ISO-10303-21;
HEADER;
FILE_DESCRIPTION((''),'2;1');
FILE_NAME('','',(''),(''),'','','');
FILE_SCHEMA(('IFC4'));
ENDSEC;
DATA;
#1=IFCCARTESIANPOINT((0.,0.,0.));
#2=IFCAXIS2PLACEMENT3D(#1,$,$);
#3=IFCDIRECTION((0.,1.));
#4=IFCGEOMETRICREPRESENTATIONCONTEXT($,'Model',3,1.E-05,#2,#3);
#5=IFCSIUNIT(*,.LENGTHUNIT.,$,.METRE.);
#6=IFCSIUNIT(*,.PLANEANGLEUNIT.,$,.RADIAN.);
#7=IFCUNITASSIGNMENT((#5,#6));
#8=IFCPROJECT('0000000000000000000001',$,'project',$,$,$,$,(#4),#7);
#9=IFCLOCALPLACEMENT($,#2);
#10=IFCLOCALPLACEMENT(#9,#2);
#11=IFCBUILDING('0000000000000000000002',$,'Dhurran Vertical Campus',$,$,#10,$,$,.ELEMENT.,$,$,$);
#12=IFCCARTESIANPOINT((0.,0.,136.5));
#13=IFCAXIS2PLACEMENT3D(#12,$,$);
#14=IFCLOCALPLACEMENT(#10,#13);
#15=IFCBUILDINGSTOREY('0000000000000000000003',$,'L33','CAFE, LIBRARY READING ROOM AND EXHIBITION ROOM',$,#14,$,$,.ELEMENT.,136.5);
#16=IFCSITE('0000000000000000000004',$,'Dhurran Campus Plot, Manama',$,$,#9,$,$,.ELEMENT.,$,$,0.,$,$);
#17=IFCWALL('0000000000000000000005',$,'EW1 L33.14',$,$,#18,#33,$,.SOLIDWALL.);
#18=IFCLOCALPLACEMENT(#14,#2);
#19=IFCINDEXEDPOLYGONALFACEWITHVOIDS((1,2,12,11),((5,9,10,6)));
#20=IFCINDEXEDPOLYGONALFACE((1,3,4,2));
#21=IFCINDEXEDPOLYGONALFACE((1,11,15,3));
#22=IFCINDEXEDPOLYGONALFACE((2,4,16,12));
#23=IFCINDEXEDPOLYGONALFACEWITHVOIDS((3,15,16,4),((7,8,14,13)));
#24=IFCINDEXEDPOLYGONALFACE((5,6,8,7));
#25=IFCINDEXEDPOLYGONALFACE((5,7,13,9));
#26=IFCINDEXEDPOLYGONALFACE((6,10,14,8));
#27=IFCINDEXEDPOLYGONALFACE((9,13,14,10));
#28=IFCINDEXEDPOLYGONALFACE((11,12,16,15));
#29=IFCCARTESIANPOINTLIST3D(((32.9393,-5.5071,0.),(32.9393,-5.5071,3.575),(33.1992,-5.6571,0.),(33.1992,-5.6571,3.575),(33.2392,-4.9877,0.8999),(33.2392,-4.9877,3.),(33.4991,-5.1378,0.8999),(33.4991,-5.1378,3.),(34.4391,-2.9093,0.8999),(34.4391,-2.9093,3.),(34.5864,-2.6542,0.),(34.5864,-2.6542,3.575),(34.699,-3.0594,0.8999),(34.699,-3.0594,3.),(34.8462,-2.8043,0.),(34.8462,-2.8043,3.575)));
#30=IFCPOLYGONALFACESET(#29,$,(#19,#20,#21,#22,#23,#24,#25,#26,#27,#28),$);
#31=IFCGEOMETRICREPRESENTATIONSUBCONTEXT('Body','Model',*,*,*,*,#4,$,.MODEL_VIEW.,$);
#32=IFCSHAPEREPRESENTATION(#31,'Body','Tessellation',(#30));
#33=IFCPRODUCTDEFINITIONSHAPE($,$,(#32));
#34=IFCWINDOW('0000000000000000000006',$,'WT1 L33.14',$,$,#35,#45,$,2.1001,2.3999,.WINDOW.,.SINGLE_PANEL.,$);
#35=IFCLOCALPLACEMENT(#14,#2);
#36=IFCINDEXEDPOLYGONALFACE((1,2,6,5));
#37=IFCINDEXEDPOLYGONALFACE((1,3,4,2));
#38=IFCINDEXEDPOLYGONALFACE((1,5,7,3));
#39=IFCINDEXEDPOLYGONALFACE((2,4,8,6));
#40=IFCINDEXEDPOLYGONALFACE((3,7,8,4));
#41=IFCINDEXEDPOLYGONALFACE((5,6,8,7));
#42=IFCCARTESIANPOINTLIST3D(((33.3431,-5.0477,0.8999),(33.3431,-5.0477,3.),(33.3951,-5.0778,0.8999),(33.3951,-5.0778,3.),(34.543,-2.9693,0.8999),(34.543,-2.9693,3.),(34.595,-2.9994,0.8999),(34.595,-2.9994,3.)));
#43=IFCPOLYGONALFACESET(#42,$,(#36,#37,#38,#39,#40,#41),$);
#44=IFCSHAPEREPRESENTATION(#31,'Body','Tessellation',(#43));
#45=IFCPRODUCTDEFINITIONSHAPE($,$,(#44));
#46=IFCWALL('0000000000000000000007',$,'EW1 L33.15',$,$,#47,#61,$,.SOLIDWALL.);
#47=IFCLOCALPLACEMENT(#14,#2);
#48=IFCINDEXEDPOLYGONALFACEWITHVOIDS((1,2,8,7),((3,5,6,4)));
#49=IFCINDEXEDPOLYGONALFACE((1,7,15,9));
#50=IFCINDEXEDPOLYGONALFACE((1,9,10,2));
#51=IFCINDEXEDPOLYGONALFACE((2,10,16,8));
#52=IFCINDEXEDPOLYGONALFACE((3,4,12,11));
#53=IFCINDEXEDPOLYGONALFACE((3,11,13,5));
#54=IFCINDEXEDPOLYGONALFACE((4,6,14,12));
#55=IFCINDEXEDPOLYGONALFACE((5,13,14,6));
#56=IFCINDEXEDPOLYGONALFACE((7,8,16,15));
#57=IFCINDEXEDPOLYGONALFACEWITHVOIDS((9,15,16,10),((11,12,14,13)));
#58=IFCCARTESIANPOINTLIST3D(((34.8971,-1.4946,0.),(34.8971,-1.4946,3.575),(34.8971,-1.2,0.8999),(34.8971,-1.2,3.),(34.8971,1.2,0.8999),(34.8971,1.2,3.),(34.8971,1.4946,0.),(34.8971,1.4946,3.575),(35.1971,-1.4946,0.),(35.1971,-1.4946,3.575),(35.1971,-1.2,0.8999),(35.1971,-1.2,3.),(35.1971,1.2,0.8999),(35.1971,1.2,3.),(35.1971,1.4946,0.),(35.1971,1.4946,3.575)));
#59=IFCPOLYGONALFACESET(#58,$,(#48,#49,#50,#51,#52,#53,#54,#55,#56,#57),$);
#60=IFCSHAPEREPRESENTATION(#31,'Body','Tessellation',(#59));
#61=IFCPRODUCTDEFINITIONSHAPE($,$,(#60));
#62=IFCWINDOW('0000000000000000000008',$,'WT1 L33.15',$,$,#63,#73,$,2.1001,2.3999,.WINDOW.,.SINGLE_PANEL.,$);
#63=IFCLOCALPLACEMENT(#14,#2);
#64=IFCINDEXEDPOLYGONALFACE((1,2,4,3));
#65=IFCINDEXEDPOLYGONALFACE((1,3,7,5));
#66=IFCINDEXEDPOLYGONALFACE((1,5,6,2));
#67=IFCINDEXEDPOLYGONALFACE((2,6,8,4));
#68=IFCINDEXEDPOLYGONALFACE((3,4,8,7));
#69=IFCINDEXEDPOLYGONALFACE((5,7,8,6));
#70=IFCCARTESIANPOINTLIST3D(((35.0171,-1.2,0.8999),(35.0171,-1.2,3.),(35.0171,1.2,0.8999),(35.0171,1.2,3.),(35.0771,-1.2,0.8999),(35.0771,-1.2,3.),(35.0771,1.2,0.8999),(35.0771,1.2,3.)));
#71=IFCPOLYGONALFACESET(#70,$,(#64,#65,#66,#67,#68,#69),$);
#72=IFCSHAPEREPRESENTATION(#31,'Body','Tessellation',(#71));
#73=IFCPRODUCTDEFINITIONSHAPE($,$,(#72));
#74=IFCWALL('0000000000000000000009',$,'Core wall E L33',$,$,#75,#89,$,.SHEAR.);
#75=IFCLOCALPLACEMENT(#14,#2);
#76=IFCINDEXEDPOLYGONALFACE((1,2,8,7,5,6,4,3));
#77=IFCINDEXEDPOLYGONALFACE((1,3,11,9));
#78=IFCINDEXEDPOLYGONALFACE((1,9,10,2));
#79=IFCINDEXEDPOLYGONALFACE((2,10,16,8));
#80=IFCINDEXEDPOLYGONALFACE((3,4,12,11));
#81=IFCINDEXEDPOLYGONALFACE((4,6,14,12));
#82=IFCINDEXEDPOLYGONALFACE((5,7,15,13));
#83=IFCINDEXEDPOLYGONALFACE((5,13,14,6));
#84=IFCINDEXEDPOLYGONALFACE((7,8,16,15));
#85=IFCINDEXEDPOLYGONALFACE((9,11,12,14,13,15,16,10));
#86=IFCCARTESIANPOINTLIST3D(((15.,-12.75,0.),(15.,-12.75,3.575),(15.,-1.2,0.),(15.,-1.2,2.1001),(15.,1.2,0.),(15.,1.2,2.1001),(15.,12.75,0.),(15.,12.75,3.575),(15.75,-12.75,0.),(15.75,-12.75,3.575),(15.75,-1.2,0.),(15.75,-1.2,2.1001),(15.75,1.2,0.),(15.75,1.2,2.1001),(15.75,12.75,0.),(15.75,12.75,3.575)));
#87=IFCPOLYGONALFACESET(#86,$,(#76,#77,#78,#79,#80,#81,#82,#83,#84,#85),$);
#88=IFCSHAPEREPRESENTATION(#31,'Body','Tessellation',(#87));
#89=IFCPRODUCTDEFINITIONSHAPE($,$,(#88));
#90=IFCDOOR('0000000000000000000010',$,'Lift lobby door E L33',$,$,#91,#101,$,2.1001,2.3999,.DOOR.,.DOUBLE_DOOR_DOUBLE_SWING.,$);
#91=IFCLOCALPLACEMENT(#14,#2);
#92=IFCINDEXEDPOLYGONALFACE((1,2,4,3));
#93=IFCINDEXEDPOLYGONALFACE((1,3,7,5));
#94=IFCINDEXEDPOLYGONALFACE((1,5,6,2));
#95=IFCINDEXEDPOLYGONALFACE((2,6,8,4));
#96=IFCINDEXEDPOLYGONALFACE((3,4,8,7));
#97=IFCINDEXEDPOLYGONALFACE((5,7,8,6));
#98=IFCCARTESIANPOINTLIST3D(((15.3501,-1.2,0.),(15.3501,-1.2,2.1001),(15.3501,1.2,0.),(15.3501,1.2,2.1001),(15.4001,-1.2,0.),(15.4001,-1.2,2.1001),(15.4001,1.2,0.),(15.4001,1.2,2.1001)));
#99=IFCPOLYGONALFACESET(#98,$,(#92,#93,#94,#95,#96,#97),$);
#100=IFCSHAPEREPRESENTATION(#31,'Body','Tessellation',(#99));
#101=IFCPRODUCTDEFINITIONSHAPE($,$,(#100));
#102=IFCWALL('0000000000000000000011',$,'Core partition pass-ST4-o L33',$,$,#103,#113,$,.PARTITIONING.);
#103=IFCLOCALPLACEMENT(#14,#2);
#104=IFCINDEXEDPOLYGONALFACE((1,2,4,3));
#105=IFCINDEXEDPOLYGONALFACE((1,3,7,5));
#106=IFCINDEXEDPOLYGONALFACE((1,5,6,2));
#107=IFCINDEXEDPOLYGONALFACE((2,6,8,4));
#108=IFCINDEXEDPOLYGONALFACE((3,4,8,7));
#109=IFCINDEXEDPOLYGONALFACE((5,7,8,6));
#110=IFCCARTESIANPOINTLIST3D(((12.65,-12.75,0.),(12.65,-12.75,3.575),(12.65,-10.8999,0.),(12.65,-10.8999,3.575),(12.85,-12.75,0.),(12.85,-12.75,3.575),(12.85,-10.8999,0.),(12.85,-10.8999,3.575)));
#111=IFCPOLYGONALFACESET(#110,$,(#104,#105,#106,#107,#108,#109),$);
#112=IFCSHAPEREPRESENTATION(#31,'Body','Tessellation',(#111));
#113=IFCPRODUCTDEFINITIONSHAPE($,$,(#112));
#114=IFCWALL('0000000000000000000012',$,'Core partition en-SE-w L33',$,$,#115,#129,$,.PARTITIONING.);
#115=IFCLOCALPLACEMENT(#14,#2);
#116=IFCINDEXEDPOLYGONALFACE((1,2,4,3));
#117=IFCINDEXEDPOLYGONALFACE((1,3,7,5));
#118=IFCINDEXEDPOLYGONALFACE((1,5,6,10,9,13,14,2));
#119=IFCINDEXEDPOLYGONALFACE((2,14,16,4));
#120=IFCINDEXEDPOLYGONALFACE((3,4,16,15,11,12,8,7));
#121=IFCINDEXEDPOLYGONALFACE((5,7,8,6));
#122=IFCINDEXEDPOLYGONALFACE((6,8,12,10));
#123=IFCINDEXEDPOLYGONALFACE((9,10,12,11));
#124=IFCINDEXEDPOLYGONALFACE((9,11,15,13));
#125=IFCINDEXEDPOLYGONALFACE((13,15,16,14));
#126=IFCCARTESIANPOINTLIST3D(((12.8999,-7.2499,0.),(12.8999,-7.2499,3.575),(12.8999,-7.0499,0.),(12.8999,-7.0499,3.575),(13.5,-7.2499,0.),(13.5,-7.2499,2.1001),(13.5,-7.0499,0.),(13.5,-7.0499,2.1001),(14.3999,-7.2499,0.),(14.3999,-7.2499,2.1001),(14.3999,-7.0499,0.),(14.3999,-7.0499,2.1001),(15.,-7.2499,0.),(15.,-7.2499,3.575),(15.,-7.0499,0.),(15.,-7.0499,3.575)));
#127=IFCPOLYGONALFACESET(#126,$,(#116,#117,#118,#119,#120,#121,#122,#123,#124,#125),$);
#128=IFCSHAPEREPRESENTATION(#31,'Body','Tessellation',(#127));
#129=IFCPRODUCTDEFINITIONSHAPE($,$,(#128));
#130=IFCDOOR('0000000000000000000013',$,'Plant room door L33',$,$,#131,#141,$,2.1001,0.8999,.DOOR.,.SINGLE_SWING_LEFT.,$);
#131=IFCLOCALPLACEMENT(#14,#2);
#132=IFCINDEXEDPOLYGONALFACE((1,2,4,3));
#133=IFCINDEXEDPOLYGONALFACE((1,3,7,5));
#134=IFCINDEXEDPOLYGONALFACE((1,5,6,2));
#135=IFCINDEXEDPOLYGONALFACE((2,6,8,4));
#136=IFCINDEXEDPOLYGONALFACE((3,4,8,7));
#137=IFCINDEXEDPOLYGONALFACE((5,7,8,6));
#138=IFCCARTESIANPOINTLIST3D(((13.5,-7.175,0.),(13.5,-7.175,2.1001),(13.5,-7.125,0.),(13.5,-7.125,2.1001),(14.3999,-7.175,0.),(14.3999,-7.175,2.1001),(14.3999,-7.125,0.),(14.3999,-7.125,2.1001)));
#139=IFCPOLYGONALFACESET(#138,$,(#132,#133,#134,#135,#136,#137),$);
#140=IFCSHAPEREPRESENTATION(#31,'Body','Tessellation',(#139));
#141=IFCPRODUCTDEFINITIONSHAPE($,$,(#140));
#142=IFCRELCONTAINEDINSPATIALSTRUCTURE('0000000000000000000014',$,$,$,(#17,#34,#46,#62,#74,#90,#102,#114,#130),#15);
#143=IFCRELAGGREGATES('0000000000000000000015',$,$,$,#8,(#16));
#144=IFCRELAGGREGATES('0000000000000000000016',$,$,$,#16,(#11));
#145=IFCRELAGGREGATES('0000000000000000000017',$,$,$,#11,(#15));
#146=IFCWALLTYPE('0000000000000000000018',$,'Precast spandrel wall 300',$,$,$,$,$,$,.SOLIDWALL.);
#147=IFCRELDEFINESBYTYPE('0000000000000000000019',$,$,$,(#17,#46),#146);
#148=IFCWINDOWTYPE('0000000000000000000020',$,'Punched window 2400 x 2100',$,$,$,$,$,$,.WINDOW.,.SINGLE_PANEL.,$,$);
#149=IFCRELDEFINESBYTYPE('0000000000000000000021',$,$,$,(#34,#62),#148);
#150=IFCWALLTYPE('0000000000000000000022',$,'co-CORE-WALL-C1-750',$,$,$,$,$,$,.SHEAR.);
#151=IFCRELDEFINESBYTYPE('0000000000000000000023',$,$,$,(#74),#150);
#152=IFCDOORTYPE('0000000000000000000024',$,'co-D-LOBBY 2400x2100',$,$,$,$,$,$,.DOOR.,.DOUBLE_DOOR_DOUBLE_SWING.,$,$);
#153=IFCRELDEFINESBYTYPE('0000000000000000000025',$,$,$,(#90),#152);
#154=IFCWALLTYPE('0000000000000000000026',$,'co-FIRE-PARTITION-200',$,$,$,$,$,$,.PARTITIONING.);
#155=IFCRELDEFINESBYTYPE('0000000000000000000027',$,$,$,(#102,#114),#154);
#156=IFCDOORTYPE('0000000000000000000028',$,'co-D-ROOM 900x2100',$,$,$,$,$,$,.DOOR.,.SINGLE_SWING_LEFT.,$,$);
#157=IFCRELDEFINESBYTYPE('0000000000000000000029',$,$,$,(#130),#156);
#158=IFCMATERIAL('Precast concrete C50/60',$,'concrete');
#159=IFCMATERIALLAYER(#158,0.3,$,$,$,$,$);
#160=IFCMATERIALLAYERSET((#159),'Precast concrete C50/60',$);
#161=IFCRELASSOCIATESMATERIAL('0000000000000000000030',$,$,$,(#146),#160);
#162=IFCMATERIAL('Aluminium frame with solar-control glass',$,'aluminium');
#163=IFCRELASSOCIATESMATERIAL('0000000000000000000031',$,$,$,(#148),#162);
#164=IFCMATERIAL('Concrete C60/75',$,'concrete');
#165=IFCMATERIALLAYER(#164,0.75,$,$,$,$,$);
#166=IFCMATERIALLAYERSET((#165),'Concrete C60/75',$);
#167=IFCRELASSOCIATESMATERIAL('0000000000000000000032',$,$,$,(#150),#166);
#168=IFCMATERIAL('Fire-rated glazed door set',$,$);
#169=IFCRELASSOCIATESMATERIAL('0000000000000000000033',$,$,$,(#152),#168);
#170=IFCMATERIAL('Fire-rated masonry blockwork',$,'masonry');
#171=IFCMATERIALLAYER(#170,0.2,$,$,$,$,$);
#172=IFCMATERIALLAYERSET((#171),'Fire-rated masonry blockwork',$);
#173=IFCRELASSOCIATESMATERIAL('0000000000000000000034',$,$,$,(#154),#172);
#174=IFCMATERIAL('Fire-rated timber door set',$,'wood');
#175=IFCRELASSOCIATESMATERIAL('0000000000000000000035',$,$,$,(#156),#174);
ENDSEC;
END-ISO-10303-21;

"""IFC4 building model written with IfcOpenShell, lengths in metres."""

from ifc_helpers import new_model, si_unit, direction, frame, frame_2d, origin, place, context, subcontext, project, spatial, rectangle, extrude, material, layer, layer_set, type_object, element, fill, save


model = new_model("IFC4")

# Units and contexts
model_context = context("Model", 3, precision=1e-05, world=origin(), true_north=direction((0.0, 1.0)))
body_context = subcontext(model_context, "Body", "Model", "MODEL_VIEW")
ifc_project = project(units=[si_unit("LENGTHUNIT", "METRE"), si_unit("PLANEANGLEUNIT", "RADIAN")], contexts=[model_context])

# Site, building, storey
site_placement = place(None, origin())
site = spatial("IfcSite", under=ifc_project, at=site_placement, Name="Dhurran Campus Plot, Manama", CompositionType="ELEMENT", RefElevation=0.0)
building_placement = place(site_placement, origin())
building = spatial("IfcBuilding", under=site, at=building_placement, Name="Dhurran Vertical Campus", CompositionType="ELEMENT")
storey_placement = place(building_placement, frame((0.0, 0.0, 136.5)))
storey = spatial("IfcBuildingStorey", under=building, at=storey_placement, Name="L33", Description="CAFE, LIBRARY READING ROOM AND EXHIBITION ROOM", CompositionType="ELEMENT", Elevation=136.5)

# Walls, openings, windows
ifc_material_1 = material(Name="Precast concrete C50/60", Category="concrete")
ifc_layer_1 = layer(ifc_material_1, 0.3)
ifc_layer_set_1 = layer_set([ifc_layer_1], Name="Precast concrete C50/60")
wall_type_1 = type_object("IfcWallType", Name="Precast spandrel wall 300", PredefinedType="SOLIDWALL", material=ifc_layer_set_1)
ifc_material_2 = material(Name="Aluminium frame with solar-control glass", Category="aluminium")
window_type = type_object("IfcWindowType", Name="Punched window 2400 x 2100", PartitioningType="SINGLE_PANEL", PredefinedType="WINDOW", material=ifc_material_2)
wall_1_placement = place(storey_placement, frame((33.0693, -5.582, 0.0), z_axis=(0.0, 0.0, 1.0), x_axis=(0.499981, 0.866036, 0.0)))
wall_1 = element("IfcWall", 1, at=wall_1_placement, inside=storey, type_object=wall_type_1, Name="EW1 L33.14", PredefinedType="SOLIDWALL", context=body_context, shape_type="SweptSolid", body=[
    extrude(rectangle(XDim=3.2942, YDim=0.3, at=frame_2d((1.647, 0.0))), origin(), (0.0, 0.0, 1.0), 3.575),
])
opening_1_placement = place(wall_1_placement, frame((0.5996, 0.0, 0.8999)))
opening_1 = element("IfcOpeningElement", 2, at=opening_1_placement, cuts=wall_1, PredefinedType="OPENING", context=body_context, shape_type="SweptSolid", body=[
    extrude(rectangle(XDim=2.3999, YDim=2.1001, at=frame_2d((1.2, 1.05))), frame((0.0, 0.1599, 0.0), z_axis=(0.0, -1.0, 0.0), x_axis=(1.0, 0.0, 0.0)), (0.0, 0.0, 1.0), 0.3201),
])
window_1_placement = place(opening_1_placement, origin())
window_1 = element("IfcWindow", 3, at=window_1_placement, inside=storey, type_object=window_type, Name="WT1 L33.14", OverallHeight=2.1001, OverallWidth=2.3999, PartitioningType="SINGLE_PANEL", PredefinedType="WINDOW", context=body_context, shape_type="SweptSolid", body=[
    extrude(rectangle(XDim=2.3999, YDim=2.1001, at=frame_2d((1.2, 1.05))), frame((0.0, 0.03, 0.0), z_axis=(0.0, -1.0, 0.0), x_axis=(1.0, 0.0, 0.0)), (0.0, 0.0, 1.0), 0.0601),
])
fill(opening_1, window_1)
wall_2_placement = place(storey_placement, frame((35.0471, -1.4946, 0.0), z_axis=(0.0, 0.0, 1.0), x_axis=(0.0, 1.0, 0.0)))
wall_2 = element("IfcWall", 4, at=wall_2_placement, inside=storey, type_object=wall_type_1, Name="EW1 L33.15", PredefinedType="SOLIDWALL", context=body_context, shape_type="SweptSolid", body=[
    extrude(rectangle(XDim=2.9893, YDim=0.3, at=frame_2d((1.4946, 0.0))), origin(), (0.0, 0.0, 1.0), 3.575),
])
opening_2_placement = place(wall_2_placement, frame((0.2947, 0.0, 0.8999)))
opening_2 = element("IfcOpeningElement", 5, at=opening_2_placement, cuts=wall_2, PredefinedType="OPENING", context=body_context, shape_type="SweptSolid", body=[
    extrude(rectangle(XDim=2.3999, YDim=2.1001, at=frame_2d((1.2, 1.05))), frame((0.0, 0.1599, 0.0), z_axis=(0.0, -1.0, 0.0), x_axis=(1.0, 0.0, 0.0)), (0.0, 0.0, 1.0), 0.3201),
])
window_2_placement = place(opening_2_placement, origin())
window_2 = element("IfcWindow", 6, at=window_2_placement, inside=storey, type_object=window_type, Name="WT1 L33.15", OverallHeight=2.1001, OverallWidth=2.3999, PartitioningType="SINGLE_PANEL", PredefinedType="WINDOW", context=body_context, shape_type="SweptSolid", body=[
    extrude(rectangle(XDim=2.3999, YDim=2.1001, at=frame_2d((1.2, 1.05))), frame((0.0, 0.03, 0.0), z_axis=(0.0, -1.0, 0.0), x_axis=(1.0, 0.0, 0.0)), (0.0, 0.0, 1.0), 0.0601),
])
fill(opening_2, window_2)

# Wall, opening, door
ifc_material_3 = material(Name="Concrete C60/75", Category="concrete")
ifc_layer_2 = layer(ifc_material_3, 0.75)
ifc_layer_set_2 = layer_set([ifc_layer_2], Name="Concrete C60/75")
wall_type_2 = type_object("IfcWallType", Name="co-CORE-WALL-C1-750", PredefinedType="SHEAR", material=ifc_layer_set_2)
wall_3_placement = place(storey_placement, frame((15.375, -12.75, 0.0), z_axis=(0.0, 0.0, 1.0), x_axis=(0.0, 1.0, 0.0)))
wall_3 = element("IfcWall", 7, at=wall_3_placement, inside=storey, type_object=wall_type_2, Name="Core wall E L33", PredefinedType="SHEAR", context=body_context, shape_type="SweptSolid", body=[
    extrude(rectangle(XDim=25.5, YDim=0.75, at=frame_2d((12.75, 0.0))), origin(), (0.0, 0.0, 1.0), 3.575),
])
opening_3_placement = place(wall_3_placement, frame((11.55, 0.0, 0.0)))
opening_3 = element("IfcOpeningElement", 8, at=opening_3_placement, cuts=wall_3, PredefinedType="OPENING", context=body_context, shape_type="SweptSolid", body=[
    extrude(rectangle(XDim=2.3999, YDim=2.1001, at=frame_2d((1.2, 1.05))), frame((0.0, 0.385, 0.0), z_axis=(0.0, -1.0, 0.0), x_axis=(1.0, 0.0, 0.0)), (0.0, 0.0, 1.0), 0.77),
])
ifc_material_4 = material(Name="Fire-rated glazed door set")
door_type_1 = type_object("IfcDoorType", Name="co-D-LOBBY 2400x2100", OperationType="DOUBLE_DOOR_DOUBLE_SWING", PredefinedType="DOOR", material=ifc_material_4)
door_1_placement = place(opening_3_placement, origin())
door_1 = element("IfcDoor", 9, at=door_1_placement, inside=storey, type_object=door_type_1, Name="Lift lobby door E L33", OperationType="DOUBLE_DOOR_DOUBLE_SWING", OverallHeight=2.1001, OverallWidth=2.3999, PredefinedType="DOOR", context=body_context, shape_type="SweptSolid", body=[
    extrude(rectangle(XDim=2.3999, YDim=2.1001, at=frame_2d((1.2, 1.05))), frame((0.0, 0.0249, 0.0), z_axis=(0.0, -1.0, 0.0), x_axis=(1.0, 0.0, 0.0)), (0.0, 0.0, 1.0), 0.05),
])
fill(opening_3, door_1)

# Wall
ifc_material_5 = material(Name="Fire-rated masonry blockwork", Category="masonry")
ifc_layer_3 = layer(ifc_material_5, 0.2)
ifc_layer_set_3 = layer_set([ifc_layer_3], Name="Fire-rated masonry blockwork")
wall_type_3 = type_object("IfcWallType", Name="co-FIRE-PARTITION-200", PredefinedType="PARTITIONING", material=ifc_layer_set_3)
wall_4_placement = place(storey_placement, frame((12.75, -12.75, 0.0), z_axis=(0.0, 0.0, 1.0), x_axis=(0.0, 1.0, 0.0)))
element("IfcWall", 10, at=wall_4_placement, inside=storey, type_object=wall_type_3, Name="Core partition pass-ST4-o L33", PredefinedType="PARTITIONING", context=body_context, shape_type="SweptSolid", body=[
    extrude(rectangle(XDim=1.8501, YDim=0.2, at=frame_2d((0.925, 0.0))), origin(), (0.0, 0.0, 1.0), 3.575),
])

# Wall, opening, door
wall_5_placement = place(storey_placement, frame((12.8999, -7.1499, 0.0), z_axis=(0.0, 0.0, 1.0), x_axis=(1.0, 0.0, 0.0)))
wall_5 = element("IfcWall", 11, at=wall_5_placement, inside=storey, type_object=wall_type_3, Name="Core partition en-SE-w L33", PredefinedType="PARTITIONING", context=body_context, shape_type="SweptSolid", body=[
    extrude(rectangle(XDim=2.1001, YDim=0.2, at=frame_2d((1.05, 0.0))), origin(), (0.0, 0.0, 1.0), 3.575),
])
opening_4_placement = place(wall_5_placement, frame((0.6001, 0.0, 0.0)))
opening_4 = element("IfcOpeningElement", 12, at=opening_4_placement, cuts=wall_5, PredefinedType="OPENING", context=body_context, shape_type="SweptSolid", body=[
    extrude(rectangle(XDim=0.8999, YDim=2.1001, at=frame_2d((0.45, 1.05))), frame((0.0, 0.1099, 0.0), z_axis=(0.0, -1.0, 0.0), x_axis=(1.0, 0.0, 0.0)), (0.0, 0.0, 1.0), 0.22),
])
ifc_material_6 = material(Name="Fire-rated timber door set", Category="wood")
door_type_2 = type_object("IfcDoorType", Name="co-D-ROOM 900x2100", OperationType="SINGLE_SWING_LEFT", PredefinedType="DOOR", material=ifc_material_6)
door_2_placement = place(opening_4_placement, origin())
door_2 = element("IfcDoor", 13, at=door_2_placement, inside=storey, type_object=door_type_2, Name="Plant room door L33", OperationType="SINGLE_SWING_LEFT", OverallHeight=2.1001, OverallWidth=0.8999, PredefinedType="DOOR", context=body_context, shape_type="SweptSolid", body=[
    extrude(rectangle(XDim=0.8999, YDim=2.1001, at=frame_2d((0.45, 1.05))), frame((0.0, 0.0249, 0.0), z_axis=(0.0, -1.0, 0.0), x_axis=(1.0, 0.0, 0.0)), (0.0, 0.0, 1.0), 0.05),
])
fill(opening_4, door_2)

save(model, "model.ifc")
